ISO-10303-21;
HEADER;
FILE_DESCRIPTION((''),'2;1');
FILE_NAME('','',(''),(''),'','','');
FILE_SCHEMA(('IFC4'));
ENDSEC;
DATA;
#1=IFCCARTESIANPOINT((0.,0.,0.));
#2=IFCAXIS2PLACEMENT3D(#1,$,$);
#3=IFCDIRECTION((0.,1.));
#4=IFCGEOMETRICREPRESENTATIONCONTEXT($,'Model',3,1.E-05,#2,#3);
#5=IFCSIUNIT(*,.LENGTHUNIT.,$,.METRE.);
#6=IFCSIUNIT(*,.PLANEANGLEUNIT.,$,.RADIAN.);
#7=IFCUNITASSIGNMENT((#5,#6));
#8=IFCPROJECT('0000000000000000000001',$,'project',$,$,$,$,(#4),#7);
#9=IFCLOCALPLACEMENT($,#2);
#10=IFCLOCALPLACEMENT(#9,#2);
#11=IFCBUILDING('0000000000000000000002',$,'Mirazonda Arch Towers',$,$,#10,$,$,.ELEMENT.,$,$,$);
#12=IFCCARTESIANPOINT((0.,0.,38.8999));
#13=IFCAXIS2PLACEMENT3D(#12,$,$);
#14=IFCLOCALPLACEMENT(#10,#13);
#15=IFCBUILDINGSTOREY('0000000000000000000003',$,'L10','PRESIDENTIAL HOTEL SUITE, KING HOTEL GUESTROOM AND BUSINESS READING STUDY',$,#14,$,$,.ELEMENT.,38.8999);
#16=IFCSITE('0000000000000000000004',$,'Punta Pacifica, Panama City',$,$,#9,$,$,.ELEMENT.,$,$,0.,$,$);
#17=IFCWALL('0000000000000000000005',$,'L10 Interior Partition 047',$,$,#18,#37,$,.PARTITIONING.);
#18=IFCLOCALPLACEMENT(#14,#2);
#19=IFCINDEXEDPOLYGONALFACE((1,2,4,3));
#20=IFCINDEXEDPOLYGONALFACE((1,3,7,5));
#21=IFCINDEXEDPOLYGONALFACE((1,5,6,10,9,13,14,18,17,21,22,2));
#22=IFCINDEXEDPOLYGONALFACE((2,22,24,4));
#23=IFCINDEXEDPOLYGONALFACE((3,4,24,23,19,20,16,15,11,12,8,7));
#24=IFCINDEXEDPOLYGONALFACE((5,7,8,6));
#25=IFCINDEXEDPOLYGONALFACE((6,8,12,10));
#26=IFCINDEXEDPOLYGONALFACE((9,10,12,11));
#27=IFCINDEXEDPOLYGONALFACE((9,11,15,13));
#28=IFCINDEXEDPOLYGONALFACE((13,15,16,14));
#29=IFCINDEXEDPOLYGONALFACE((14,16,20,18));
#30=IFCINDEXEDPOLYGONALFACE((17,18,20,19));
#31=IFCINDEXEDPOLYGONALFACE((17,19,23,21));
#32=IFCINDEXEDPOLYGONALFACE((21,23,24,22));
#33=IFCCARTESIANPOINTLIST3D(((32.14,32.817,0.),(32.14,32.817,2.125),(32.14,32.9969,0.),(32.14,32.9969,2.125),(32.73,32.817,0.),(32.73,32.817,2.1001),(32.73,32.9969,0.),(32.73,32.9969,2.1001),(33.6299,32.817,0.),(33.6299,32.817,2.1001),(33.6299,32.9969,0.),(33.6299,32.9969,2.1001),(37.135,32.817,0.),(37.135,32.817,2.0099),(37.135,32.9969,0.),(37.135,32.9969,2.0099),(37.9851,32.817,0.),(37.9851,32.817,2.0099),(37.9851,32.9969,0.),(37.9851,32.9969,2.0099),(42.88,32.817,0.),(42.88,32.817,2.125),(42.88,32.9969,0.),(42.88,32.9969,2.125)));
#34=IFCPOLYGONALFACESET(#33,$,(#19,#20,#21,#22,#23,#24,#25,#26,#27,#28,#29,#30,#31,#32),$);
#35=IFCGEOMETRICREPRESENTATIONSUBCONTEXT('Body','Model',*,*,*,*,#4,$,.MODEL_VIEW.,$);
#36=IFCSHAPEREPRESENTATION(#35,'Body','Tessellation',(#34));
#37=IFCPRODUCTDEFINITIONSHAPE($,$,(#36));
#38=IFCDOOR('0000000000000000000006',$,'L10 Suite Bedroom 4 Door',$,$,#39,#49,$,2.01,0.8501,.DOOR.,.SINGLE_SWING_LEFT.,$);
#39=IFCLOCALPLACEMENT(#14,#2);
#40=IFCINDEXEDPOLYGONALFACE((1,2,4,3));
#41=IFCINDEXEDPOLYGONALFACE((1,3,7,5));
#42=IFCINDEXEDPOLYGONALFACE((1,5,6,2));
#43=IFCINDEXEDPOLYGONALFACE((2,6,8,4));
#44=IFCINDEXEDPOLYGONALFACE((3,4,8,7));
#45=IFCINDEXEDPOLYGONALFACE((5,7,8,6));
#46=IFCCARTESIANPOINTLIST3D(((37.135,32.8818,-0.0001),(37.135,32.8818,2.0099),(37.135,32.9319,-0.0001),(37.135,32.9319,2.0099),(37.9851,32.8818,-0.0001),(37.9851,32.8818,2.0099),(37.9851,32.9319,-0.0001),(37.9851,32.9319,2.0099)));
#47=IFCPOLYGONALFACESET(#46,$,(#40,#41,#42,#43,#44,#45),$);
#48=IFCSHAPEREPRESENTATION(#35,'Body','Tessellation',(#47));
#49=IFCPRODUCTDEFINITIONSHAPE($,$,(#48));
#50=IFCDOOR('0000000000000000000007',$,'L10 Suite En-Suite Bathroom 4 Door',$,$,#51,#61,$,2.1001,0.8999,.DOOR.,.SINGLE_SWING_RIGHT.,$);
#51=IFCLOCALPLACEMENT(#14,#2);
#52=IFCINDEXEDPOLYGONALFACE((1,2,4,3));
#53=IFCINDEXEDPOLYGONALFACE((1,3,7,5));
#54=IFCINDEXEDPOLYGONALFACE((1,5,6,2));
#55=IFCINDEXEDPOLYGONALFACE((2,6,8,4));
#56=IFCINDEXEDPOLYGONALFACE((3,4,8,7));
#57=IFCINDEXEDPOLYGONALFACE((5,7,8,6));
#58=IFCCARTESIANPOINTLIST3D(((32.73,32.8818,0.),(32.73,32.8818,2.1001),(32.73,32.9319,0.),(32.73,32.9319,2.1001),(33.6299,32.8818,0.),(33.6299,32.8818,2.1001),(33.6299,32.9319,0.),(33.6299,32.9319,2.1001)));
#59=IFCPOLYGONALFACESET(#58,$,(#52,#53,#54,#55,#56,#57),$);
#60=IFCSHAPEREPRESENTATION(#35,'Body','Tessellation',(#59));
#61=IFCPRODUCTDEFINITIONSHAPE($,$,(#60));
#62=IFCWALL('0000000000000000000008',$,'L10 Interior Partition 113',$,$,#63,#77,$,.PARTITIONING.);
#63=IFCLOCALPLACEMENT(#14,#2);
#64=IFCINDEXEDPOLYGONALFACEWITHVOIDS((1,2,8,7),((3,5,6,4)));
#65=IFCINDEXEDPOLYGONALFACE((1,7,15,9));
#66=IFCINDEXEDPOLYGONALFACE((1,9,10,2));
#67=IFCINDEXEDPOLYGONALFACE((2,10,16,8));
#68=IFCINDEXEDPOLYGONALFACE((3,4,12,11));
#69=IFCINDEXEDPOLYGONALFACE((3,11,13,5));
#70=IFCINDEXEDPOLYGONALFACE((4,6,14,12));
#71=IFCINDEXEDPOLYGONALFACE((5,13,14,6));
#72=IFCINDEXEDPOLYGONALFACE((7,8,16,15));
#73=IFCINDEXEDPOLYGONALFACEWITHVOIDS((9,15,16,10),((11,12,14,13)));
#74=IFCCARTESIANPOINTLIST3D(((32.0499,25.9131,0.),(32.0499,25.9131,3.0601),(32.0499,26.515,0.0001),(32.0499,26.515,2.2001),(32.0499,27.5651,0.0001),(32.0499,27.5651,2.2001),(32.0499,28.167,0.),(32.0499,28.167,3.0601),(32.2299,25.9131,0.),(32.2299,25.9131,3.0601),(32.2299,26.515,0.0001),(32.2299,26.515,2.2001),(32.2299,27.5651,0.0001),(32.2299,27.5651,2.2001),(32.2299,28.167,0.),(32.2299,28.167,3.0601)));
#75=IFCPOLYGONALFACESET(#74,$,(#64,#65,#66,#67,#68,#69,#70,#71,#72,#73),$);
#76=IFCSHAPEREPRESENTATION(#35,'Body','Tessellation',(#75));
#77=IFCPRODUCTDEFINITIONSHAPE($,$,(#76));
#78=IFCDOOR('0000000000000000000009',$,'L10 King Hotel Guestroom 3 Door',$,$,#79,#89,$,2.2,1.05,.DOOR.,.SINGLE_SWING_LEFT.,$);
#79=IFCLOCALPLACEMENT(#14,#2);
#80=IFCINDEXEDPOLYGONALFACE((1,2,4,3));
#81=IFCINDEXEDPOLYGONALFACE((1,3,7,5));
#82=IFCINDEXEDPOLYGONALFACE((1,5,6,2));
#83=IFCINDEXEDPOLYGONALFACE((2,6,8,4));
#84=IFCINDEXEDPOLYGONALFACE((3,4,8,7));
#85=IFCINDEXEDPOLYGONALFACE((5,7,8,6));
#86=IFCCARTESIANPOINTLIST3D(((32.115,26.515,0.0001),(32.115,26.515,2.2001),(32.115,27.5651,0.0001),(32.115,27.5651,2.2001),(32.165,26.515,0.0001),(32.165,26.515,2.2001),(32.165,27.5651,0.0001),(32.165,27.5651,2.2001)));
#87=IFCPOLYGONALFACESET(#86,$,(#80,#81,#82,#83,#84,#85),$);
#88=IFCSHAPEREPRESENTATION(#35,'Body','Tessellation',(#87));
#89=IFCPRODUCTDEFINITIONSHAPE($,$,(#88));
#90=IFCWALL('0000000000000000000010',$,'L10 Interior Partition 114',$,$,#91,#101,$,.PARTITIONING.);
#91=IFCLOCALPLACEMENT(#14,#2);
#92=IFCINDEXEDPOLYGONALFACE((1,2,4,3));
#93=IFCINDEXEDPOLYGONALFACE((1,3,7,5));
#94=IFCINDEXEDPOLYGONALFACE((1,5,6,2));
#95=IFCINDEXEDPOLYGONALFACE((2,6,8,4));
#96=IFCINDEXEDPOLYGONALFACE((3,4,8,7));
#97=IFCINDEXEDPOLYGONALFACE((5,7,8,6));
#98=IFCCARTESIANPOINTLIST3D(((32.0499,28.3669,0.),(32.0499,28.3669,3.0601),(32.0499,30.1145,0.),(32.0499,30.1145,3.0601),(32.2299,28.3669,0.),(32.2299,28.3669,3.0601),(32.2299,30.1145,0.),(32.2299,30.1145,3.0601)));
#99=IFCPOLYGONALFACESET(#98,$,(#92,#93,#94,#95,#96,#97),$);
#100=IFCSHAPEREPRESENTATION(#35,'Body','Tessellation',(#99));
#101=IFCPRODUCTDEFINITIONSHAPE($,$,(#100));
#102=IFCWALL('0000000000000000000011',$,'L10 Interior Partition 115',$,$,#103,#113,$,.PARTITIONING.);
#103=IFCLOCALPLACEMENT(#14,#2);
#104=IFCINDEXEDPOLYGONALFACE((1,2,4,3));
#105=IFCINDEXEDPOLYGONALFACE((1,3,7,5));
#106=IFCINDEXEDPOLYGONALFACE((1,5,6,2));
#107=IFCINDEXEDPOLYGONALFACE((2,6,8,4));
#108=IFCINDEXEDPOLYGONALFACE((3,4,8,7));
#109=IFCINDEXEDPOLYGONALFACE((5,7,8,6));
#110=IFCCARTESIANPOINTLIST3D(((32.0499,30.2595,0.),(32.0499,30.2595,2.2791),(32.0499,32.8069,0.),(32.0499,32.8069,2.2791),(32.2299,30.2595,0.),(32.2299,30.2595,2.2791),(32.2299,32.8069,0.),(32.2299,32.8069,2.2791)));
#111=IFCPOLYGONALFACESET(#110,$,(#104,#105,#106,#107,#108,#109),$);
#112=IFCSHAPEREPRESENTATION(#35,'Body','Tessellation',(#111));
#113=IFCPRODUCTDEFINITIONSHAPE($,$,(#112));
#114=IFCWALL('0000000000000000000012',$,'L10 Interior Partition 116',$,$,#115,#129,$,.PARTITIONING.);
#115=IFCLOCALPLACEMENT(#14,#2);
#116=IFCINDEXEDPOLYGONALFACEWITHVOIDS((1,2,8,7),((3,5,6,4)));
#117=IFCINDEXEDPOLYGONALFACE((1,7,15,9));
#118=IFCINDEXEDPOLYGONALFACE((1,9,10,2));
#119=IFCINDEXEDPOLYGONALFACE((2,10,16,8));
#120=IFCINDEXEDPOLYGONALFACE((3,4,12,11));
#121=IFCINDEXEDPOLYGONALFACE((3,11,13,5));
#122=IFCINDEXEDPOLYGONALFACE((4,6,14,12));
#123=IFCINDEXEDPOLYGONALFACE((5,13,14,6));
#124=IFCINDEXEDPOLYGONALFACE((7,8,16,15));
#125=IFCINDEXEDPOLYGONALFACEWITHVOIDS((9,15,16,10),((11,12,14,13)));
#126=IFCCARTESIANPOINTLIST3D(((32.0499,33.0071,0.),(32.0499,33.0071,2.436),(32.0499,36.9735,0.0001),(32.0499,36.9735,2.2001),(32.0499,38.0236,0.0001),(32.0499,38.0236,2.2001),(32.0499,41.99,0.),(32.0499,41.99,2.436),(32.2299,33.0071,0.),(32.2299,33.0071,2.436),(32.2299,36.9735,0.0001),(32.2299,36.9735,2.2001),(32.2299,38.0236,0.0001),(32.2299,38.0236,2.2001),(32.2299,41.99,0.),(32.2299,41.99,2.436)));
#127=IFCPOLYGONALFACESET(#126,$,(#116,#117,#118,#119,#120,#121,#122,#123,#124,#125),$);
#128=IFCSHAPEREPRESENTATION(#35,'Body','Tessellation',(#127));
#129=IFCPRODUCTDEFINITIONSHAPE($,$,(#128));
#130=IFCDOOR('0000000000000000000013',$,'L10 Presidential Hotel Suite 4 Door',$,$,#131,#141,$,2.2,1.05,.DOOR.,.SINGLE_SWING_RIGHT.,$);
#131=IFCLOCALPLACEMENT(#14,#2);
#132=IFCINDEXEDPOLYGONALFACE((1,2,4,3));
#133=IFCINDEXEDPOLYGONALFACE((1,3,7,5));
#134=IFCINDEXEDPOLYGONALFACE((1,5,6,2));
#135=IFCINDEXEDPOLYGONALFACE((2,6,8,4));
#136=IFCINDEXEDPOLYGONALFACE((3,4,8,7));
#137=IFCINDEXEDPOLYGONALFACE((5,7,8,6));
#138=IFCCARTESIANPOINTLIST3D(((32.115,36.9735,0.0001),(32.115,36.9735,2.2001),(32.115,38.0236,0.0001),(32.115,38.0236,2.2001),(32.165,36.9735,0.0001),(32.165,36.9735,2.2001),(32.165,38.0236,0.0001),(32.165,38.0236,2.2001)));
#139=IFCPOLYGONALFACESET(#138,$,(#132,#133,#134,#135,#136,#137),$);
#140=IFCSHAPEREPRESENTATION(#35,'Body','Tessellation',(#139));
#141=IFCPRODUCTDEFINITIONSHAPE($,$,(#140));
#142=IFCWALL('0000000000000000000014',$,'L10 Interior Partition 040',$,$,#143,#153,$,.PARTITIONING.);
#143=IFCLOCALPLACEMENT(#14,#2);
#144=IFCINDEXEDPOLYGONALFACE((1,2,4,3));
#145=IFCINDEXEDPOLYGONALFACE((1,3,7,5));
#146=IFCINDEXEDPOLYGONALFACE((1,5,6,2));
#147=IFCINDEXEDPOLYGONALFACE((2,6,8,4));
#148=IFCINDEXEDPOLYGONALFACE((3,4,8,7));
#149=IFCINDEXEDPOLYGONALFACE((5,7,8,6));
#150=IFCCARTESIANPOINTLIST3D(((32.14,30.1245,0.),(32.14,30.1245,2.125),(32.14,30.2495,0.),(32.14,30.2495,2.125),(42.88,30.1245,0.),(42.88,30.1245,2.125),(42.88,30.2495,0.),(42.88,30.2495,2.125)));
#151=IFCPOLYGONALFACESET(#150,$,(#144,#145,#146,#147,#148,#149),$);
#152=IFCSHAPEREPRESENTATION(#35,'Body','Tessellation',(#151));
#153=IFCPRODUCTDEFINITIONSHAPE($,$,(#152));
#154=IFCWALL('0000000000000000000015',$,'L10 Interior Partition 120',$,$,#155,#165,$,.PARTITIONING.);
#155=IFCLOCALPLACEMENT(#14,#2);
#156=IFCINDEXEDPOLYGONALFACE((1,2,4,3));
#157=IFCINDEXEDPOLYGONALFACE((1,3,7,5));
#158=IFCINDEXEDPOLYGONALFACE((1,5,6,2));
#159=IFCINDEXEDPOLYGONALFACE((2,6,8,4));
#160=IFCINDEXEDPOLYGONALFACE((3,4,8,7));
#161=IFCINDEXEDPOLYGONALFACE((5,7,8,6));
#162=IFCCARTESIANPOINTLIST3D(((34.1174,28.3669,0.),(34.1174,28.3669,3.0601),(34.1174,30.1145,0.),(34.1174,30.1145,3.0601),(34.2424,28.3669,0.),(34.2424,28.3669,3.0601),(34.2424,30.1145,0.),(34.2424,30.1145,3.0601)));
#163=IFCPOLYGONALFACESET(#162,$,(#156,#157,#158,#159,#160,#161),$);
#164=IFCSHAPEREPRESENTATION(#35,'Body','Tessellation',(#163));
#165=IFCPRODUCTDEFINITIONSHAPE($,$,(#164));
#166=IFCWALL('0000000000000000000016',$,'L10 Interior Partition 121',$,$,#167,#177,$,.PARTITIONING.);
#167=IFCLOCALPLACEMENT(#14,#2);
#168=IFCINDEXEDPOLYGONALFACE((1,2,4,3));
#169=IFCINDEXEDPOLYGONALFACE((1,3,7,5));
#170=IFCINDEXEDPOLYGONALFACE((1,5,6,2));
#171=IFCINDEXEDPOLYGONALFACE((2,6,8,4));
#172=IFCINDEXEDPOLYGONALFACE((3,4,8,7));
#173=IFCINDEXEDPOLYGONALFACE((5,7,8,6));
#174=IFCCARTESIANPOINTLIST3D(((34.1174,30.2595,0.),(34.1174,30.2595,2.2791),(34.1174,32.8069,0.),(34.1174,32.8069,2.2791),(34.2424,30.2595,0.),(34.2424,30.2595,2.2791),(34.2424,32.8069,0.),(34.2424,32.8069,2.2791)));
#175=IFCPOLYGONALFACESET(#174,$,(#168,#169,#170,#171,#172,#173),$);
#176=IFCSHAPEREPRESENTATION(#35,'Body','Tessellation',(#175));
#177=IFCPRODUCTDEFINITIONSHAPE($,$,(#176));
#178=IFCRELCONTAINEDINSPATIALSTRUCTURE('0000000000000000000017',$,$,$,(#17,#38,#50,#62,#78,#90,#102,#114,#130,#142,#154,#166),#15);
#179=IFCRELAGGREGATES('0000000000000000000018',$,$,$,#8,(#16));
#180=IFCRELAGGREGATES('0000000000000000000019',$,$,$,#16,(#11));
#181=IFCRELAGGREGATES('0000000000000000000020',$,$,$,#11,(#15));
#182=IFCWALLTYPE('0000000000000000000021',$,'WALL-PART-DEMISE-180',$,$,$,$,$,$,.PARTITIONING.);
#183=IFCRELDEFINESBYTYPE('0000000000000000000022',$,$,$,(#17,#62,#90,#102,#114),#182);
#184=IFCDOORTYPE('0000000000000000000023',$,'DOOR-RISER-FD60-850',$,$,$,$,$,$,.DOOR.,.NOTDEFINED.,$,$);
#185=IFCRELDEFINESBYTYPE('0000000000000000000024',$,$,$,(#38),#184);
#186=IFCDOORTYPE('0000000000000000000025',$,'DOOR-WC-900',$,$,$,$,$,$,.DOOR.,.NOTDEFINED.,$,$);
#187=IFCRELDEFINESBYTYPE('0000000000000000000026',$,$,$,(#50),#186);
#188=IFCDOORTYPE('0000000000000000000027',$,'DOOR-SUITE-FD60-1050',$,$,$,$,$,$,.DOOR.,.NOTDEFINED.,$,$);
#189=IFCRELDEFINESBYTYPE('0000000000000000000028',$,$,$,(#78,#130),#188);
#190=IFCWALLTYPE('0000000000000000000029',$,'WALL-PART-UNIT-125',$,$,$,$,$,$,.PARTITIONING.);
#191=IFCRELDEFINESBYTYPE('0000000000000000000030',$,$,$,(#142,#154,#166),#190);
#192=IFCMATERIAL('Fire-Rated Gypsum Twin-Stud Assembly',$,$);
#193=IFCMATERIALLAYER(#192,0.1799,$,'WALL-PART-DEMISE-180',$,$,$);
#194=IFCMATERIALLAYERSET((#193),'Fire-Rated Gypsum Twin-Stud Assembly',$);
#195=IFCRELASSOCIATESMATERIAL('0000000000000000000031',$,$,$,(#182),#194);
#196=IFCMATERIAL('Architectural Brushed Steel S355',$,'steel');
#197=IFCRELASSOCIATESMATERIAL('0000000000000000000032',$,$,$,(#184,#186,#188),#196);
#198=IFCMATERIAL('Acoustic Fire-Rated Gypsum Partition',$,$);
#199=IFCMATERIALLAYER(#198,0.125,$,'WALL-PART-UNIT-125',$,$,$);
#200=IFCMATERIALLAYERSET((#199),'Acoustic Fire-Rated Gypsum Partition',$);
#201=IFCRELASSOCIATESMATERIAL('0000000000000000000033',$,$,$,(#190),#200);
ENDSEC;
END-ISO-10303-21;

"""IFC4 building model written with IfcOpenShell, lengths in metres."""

from ifc_helpers import new_model, si_unit, direction, frame, frame_2d, origin, place, context, subcontext, project, spatial, rectangle, extrude, material, layer, layer_set, type_object, element, fill, save


model = new_model("IFC4")

# Units and contexts
model_context = context("Model", 3, precision=1e-05, world=origin(), true_north=direction((0.0, 1.0)))
body_context = subcontext(model_context, "Body", "Model", "MODEL_VIEW")
ifc_project = project(units=[si_unit("LENGTHUNIT", "METRE"), si_unit("PLANEANGLEUNIT", "RADIAN")], contexts=[model_context])

# Site, building, storey
site_placement = place(None, origin())
site = spatial("IfcSite", under=ifc_project, at=site_placement, Name="Punta Pacifica, Panama City", CompositionType="ELEMENT", RefElevation=0.0)
building_placement = place(site_placement, origin())
building = spatial("IfcBuilding", under=site, at=building_placement, Name="Mirazonda Arch Towers", CompositionType="ELEMENT")
storey_placement = place(building_placement, frame((0.0, 0.0, 38.8999)))
storey = spatial("IfcBuildingStorey", under=building, at=storey_placement, Name="L10", Description="PRESIDENTIAL HOTEL SUITE, KING HOTEL GUESTROOM AND BUSINESS READING STUDY", CompositionType="ELEMENT", Elevation=38.8999)

# Shared definitions
ifc_material_1 = material(Name="Fire-Rated Gypsum Twin-Stud Assembly")
ifc_layer_1 = layer(ifc_material_1, 0.1799, Name="WALL-PART-DEMISE-180")
ifc_layer_set_1 = layer_set([ifc_layer_1], Name="Fire-Rated Gypsum Twin-Stud Assembly")
wall_type_1 = type_object("IfcWallType", Name="WALL-PART-DEMISE-180", PredefinedType="PARTITIONING", material=ifc_layer_set_1)

# Wall, openings, doors
ifc_material_2 = material(Name="Architectural Brushed Steel S355", Category="steel")
door_type_1 = type_object("IfcDoorType", Name="DOOR-RISER-FD60-850", OperationType="NOTDEFINED", PredefinedType="DOOR", material=ifc_material_2)
door_type_2 = type_object("IfcDoorType", Name="DOOR-WC-900", OperationType="NOTDEFINED", PredefinedType="DOOR", material=ifc_material_2)
wall_1_placement = place(storey_placement, frame((32.1399, 32.907, 0.0), z_axis=(0.0, 0.0, 1.0), x_axis=(1.0, 0.0, 0.0)))
wall_1 = element("IfcWall", 1, at=wall_1_placement, inside=storey, type_object=wall_type_1, Name="L10 Interior Partition 047", PredefinedType="PARTITIONING", context=body_context, shape_type="SweptSolid", body=[
    extrude(rectangle(XDim=10.74, YDim=0.1799, at=frame_2d((5.3701, 0.0))), origin(), (0.0, 0.0, 1.0), 2.125),
])
opening_1_placement = place(wall_1_placement, frame((4.9951, 0.0, 0.0)))
opening_1 = element("IfcOpeningElement", 2, at=opening_1_placement, cuts=wall_1, PredefinedType="OPENING", context=body_context, shape_type="SweptSolid", body=[
    extrude(rectangle(XDim=0.8501, YDim=2.01, at=frame_2d((0.425, 1.0049))), frame((0.0, 0.0999, 0.0), z_axis=(0.0, -1.0, 0.0), x_axis=(1.0, 0.0, 0.0)), (0.0, 0.0, 1.0), 0.2),
])
opening_2_placement = place(wall_1_placement, frame((0.5901, 0.0, 0.0)))
opening_2 = element("IfcOpeningElement", 3, at=opening_2_placement, cuts=wall_1, PredefinedType="OPENING", context=body_context, shape_type="SweptSolid", body=[
    extrude(rectangle(XDim=0.8999, YDim=2.1001, at=frame_2d((0.45, 1.05))), frame((0.0, 0.0999, 0.0), z_axis=(0.0, -1.0, 0.0), x_axis=(1.0, 0.0, 0.0)), (0.0, 0.0, 1.0), 0.2),
])
door_1_placement = place(opening_1_placement, origin())
door_1 = element("IfcDoor", 4, at=door_1_placement, inside=storey, type_object=door_type_1, Name="L10 Suite Bedroom 4 Door", OperationType="SINGLE_SWING_LEFT", OverallHeight=2.01, OverallWidth=0.8501, PredefinedType="DOOR", context=body_context, shape_type="SweptSolid", body=[
    extrude(rectangle(XDim=0.8501, YDim=2.01, at=frame_2d((0.425, 1.0049))), frame((0.0, 0.0249, 0.0), z_axis=(0.0, -1.0, 0.0), x_axis=(1.0, 0.0, 0.0)), (0.0, 0.0, 1.0), 0.05),
])
fill(opening_1, door_1)
door_2_placement = place(opening_2_placement, origin())
door_2 = element("IfcDoor", 5, at=door_2_placement, inside=storey, type_object=door_type_2, Name="L10 Suite En-Suite Bathroom 4 Door", OperationType="SINGLE_SWING_RIGHT", OverallHeight=2.1001, OverallWidth=0.8999, PredefinedType="DOOR", context=body_context, shape_type="SweptSolid", body=[
    extrude(rectangle(XDim=0.8999, YDim=2.1001, at=frame_2d((0.45, 1.05))), frame((0.0, 0.0249, 0.0), z_axis=(0.0, -1.0, 0.0), x_axis=(1.0, 0.0, 0.0)), (0.0, 0.0, 1.0), 0.05),
])
fill(opening_2, door_2)

# Wall, opening, door
wall_2_placement = place(storey_placement, frame((32.1399, 25.9131, 0.0), z_axis=(0.0, 0.0, 1.0), x_axis=(0.0, 1.0, 0.0)))
wall_2 = element("IfcWall", 6, at=wall_2_placement, inside=storey, type_object=wall_type_1, Name="L10 Interior Partition 113", PredefinedType="PARTITIONING", context=body_context, shape_type="SweptSolid", body=[
    extrude(rectangle(XDim=2.2539, YDim=0.1799, at=frame_2d((1.127, 0.0))), origin(), (0.0, 0.0, 1.0), 3.0601),
])
opening_3_placement = place(wall_2_placement, frame((0.6021, 0.0, 0.0)))
opening_3 = element("IfcOpeningElement", 7, at=opening_3_placement, cuts=wall_2, PredefinedType="OPENING", context=body_context, shape_type="SweptSolid", body=[
    extrude(rectangle(XDim=1.05, YDim=2.2, at=frame_2d((0.5249, 1.1001))), frame((0.0, 0.0999, 0.0), z_axis=(0.0, -1.0, 0.0), x_axis=(1.0, 0.0, 0.0)), (0.0, 0.0, 1.0), 0.2),
])
door_type_3 = type_object("IfcDoorType", Name="DOOR-SUITE-FD60-1050", OperationType="NOTDEFINED", PredefinedType="DOOR", material=ifc_material_2)
door_3_placement = place(opening_3_placement, origin())
door_3 = element("IfcDoor", 8, at=door_3_placement, inside=storey, type_object=door_type_3, Name="L10 King Hotel Guestroom 3 Door", OperationType="SINGLE_SWING_LEFT", OverallHeight=2.2, OverallWidth=1.05, PredefinedType="DOOR", context=body_context, shape_type="SweptSolid", body=[
    extrude(rectangle(XDim=1.05, YDim=2.2, at=frame_2d((0.5249, 1.1001))), frame((0.0, 0.0249, 0.0), z_axis=(0.0, -1.0, 0.0), x_axis=(1.0, 0.0, 0.0)), (0.0, 0.0, 1.0), 0.05),
])
fill(opening_3, door_3)

# Walls
wall_3_placement = place(storey_placement, frame((32.1399, 28.3669, 0.0), z_axis=(0.0, 0.0, 1.0), x_axis=(0.0, 1.0, 0.0)))
element("IfcWall", 9, at=wall_3_placement, inside=storey, type_object=wall_type_1, Name="L10 Interior Partition 114", PredefinedType="PARTITIONING", context=body_context, shape_type="SweptSolid", body=[
    extrude(rectangle(XDim=1.7476, YDim=0.1799, at=frame_2d((0.8738, 0.0))), origin(), (0.0, 0.0, 1.0), 3.0601),
])
wall_4_placement = place(storey_placement, frame((32.1399, 30.2595, 0.0), z_axis=(0.0, 0.0, 1.0), x_axis=(0.0, 1.0, 0.0)))
element("IfcWall", 10, at=wall_4_placement, inside=storey, type_object=wall_type_1, Name="L10 Interior Partition 115", PredefinedType="PARTITIONING", context=body_context, shape_type="SweptSolid", body=[
    extrude(rectangle(XDim=2.5474, YDim=0.1799, at=frame_2d((1.2737, 0.0))), origin(), (0.0, 0.0, 1.0), 2.2791),
])

# Wall, opening, door
wall_5_placement = place(storey_placement, frame((32.1399, 33.0071, 0.0), z_axis=(0.0, 0.0, 1.0), x_axis=(0.0, 1.0, 0.0)))
wall_5 = element("IfcWall", 11, at=wall_5_placement, inside=storey, type_object=wall_type_1, Name="L10 Interior Partition 116", PredefinedType="PARTITIONING", context=body_context, shape_type="SweptSolid", body=[
    extrude(rectangle(XDim=8.9829, YDim=0.1799, at=frame_2d((4.4915, 0.0))), origin(), (0.0, 0.0, 1.0), 2.436),
])
opening_4_placement = place(wall_5_placement, frame((3.9666, 0.0, 0.0)))
opening_4 = element("IfcOpeningElement", 12, at=opening_4_placement, cuts=wall_5, PredefinedType="OPENING", context=body_context, shape_type="SweptSolid", body=[
    extrude(rectangle(XDim=1.05, YDim=2.2, at=frame_2d((0.5249, 1.1001))), frame((0.0, 0.0999, 0.0), z_axis=(0.0, -1.0, 0.0), x_axis=(1.0, 0.0, 0.0)), (0.0, 0.0, 1.0), 0.2),
])
door_4_placement = place(opening_4_placement, origin())
door_4 = element("IfcDoor", 13, at=door_4_placement, inside=storey, type_object=door_type_3, Name="L10 Presidential Hotel Suite 4 Door", OperationType="SINGLE_SWING_RIGHT", OverallHeight=2.2, OverallWidth=1.05, PredefinedType="DOOR", context=body_context, shape_type="SweptSolid", body=[
    extrude(rectangle(XDim=1.05, YDim=2.2, at=frame_2d((0.5249, 1.1001))), frame((0.0, 0.0249, 0.0), z_axis=(0.0, -1.0, 0.0), x_axis=(1.0, 0.0, 0.0)), (0.0, 0.0, 1.0), 0.05),
])
fill(opening_4, door_4)

# Walls
ifc_material_3 = material(Name="Acoustic Fire-Rated Gypsum Partition")
ifc_layer_2 = layer(ifc_material_3, 0.125, Name="WALL-PART-UNIT-125")
ifc_layer_set_2 = layer_set([ifc_layer_2], Name="Acoustic Fire-Rated Gypsum Partition")
wall_type_2 = type_object("IfcWallType", Name="WALL-PART-UNIT-125", PredefinedType="PARTITIONING", material=ifc_layer_set_2)
wall_6_placement = place(storey_placement, frame((32.1399, 30.187, 0.0), z_axis=(0.0, 0.0, 1.0), x_axis=(1.0, 0.0, 0.0)))
element("IfcWall", 14, at=wall_6_placement, inside=storey, type_object=wall_type_2, Name="L10 Interior Partition 040", PredefinedType="PARTITIONING", context=body_context, shape_type="SweptSolid", body=[
    extrude(rectangle(XDim=10.74, YDim=0.125, at=frame_2d((5.3701, 0.0))), origin(), (0.0, 0.0, 1.0), 2.125),
])
wall_7_placement = place(storey_placement, frame((34.1799, 28.3669, 0.0), z_axis=(0.0, 0.0, 1.0), x_axis=(0.0, 1.0, 0.0)))
element("IfcWall", 15, at=wall_7_placement, inside=storey, type_object=wall_type_2, Name="L10 Interior Partition 120", PredefinedType="PARTITIONING", context=body_context, shape_type="SweptSolid", body=[
    extrude(rectangle(XDim=1.7476, YDim=0.125, at=frame_2d((0.8738, 0.0))), origin(), (0.0, 0.0, 1.0), 3.0601),
])
wall_8_placement = place(storey_placement, frame((34.1799, 30.2595, 0.0), z_axis=(0.0, 0.0, 1.0), x_axis=(0.0, 1.0, 0.0)))
element("IfcWall", 16, at=wall_8_placement, inside=storey, type_object=wall_type_2, Name="L10 Interior Partition 121", PredefinedType="PARTITIONING", context=body_context, shape_type="SweptSolid", body=[
    extrude(rectangle(XDim=2.5474, YDim=0.125, at=frame_2d((1.2737, 0.0))), origin(), (0.0, 0.0, 1.0), 2.2791),
])

save(model, "model.ifc")
